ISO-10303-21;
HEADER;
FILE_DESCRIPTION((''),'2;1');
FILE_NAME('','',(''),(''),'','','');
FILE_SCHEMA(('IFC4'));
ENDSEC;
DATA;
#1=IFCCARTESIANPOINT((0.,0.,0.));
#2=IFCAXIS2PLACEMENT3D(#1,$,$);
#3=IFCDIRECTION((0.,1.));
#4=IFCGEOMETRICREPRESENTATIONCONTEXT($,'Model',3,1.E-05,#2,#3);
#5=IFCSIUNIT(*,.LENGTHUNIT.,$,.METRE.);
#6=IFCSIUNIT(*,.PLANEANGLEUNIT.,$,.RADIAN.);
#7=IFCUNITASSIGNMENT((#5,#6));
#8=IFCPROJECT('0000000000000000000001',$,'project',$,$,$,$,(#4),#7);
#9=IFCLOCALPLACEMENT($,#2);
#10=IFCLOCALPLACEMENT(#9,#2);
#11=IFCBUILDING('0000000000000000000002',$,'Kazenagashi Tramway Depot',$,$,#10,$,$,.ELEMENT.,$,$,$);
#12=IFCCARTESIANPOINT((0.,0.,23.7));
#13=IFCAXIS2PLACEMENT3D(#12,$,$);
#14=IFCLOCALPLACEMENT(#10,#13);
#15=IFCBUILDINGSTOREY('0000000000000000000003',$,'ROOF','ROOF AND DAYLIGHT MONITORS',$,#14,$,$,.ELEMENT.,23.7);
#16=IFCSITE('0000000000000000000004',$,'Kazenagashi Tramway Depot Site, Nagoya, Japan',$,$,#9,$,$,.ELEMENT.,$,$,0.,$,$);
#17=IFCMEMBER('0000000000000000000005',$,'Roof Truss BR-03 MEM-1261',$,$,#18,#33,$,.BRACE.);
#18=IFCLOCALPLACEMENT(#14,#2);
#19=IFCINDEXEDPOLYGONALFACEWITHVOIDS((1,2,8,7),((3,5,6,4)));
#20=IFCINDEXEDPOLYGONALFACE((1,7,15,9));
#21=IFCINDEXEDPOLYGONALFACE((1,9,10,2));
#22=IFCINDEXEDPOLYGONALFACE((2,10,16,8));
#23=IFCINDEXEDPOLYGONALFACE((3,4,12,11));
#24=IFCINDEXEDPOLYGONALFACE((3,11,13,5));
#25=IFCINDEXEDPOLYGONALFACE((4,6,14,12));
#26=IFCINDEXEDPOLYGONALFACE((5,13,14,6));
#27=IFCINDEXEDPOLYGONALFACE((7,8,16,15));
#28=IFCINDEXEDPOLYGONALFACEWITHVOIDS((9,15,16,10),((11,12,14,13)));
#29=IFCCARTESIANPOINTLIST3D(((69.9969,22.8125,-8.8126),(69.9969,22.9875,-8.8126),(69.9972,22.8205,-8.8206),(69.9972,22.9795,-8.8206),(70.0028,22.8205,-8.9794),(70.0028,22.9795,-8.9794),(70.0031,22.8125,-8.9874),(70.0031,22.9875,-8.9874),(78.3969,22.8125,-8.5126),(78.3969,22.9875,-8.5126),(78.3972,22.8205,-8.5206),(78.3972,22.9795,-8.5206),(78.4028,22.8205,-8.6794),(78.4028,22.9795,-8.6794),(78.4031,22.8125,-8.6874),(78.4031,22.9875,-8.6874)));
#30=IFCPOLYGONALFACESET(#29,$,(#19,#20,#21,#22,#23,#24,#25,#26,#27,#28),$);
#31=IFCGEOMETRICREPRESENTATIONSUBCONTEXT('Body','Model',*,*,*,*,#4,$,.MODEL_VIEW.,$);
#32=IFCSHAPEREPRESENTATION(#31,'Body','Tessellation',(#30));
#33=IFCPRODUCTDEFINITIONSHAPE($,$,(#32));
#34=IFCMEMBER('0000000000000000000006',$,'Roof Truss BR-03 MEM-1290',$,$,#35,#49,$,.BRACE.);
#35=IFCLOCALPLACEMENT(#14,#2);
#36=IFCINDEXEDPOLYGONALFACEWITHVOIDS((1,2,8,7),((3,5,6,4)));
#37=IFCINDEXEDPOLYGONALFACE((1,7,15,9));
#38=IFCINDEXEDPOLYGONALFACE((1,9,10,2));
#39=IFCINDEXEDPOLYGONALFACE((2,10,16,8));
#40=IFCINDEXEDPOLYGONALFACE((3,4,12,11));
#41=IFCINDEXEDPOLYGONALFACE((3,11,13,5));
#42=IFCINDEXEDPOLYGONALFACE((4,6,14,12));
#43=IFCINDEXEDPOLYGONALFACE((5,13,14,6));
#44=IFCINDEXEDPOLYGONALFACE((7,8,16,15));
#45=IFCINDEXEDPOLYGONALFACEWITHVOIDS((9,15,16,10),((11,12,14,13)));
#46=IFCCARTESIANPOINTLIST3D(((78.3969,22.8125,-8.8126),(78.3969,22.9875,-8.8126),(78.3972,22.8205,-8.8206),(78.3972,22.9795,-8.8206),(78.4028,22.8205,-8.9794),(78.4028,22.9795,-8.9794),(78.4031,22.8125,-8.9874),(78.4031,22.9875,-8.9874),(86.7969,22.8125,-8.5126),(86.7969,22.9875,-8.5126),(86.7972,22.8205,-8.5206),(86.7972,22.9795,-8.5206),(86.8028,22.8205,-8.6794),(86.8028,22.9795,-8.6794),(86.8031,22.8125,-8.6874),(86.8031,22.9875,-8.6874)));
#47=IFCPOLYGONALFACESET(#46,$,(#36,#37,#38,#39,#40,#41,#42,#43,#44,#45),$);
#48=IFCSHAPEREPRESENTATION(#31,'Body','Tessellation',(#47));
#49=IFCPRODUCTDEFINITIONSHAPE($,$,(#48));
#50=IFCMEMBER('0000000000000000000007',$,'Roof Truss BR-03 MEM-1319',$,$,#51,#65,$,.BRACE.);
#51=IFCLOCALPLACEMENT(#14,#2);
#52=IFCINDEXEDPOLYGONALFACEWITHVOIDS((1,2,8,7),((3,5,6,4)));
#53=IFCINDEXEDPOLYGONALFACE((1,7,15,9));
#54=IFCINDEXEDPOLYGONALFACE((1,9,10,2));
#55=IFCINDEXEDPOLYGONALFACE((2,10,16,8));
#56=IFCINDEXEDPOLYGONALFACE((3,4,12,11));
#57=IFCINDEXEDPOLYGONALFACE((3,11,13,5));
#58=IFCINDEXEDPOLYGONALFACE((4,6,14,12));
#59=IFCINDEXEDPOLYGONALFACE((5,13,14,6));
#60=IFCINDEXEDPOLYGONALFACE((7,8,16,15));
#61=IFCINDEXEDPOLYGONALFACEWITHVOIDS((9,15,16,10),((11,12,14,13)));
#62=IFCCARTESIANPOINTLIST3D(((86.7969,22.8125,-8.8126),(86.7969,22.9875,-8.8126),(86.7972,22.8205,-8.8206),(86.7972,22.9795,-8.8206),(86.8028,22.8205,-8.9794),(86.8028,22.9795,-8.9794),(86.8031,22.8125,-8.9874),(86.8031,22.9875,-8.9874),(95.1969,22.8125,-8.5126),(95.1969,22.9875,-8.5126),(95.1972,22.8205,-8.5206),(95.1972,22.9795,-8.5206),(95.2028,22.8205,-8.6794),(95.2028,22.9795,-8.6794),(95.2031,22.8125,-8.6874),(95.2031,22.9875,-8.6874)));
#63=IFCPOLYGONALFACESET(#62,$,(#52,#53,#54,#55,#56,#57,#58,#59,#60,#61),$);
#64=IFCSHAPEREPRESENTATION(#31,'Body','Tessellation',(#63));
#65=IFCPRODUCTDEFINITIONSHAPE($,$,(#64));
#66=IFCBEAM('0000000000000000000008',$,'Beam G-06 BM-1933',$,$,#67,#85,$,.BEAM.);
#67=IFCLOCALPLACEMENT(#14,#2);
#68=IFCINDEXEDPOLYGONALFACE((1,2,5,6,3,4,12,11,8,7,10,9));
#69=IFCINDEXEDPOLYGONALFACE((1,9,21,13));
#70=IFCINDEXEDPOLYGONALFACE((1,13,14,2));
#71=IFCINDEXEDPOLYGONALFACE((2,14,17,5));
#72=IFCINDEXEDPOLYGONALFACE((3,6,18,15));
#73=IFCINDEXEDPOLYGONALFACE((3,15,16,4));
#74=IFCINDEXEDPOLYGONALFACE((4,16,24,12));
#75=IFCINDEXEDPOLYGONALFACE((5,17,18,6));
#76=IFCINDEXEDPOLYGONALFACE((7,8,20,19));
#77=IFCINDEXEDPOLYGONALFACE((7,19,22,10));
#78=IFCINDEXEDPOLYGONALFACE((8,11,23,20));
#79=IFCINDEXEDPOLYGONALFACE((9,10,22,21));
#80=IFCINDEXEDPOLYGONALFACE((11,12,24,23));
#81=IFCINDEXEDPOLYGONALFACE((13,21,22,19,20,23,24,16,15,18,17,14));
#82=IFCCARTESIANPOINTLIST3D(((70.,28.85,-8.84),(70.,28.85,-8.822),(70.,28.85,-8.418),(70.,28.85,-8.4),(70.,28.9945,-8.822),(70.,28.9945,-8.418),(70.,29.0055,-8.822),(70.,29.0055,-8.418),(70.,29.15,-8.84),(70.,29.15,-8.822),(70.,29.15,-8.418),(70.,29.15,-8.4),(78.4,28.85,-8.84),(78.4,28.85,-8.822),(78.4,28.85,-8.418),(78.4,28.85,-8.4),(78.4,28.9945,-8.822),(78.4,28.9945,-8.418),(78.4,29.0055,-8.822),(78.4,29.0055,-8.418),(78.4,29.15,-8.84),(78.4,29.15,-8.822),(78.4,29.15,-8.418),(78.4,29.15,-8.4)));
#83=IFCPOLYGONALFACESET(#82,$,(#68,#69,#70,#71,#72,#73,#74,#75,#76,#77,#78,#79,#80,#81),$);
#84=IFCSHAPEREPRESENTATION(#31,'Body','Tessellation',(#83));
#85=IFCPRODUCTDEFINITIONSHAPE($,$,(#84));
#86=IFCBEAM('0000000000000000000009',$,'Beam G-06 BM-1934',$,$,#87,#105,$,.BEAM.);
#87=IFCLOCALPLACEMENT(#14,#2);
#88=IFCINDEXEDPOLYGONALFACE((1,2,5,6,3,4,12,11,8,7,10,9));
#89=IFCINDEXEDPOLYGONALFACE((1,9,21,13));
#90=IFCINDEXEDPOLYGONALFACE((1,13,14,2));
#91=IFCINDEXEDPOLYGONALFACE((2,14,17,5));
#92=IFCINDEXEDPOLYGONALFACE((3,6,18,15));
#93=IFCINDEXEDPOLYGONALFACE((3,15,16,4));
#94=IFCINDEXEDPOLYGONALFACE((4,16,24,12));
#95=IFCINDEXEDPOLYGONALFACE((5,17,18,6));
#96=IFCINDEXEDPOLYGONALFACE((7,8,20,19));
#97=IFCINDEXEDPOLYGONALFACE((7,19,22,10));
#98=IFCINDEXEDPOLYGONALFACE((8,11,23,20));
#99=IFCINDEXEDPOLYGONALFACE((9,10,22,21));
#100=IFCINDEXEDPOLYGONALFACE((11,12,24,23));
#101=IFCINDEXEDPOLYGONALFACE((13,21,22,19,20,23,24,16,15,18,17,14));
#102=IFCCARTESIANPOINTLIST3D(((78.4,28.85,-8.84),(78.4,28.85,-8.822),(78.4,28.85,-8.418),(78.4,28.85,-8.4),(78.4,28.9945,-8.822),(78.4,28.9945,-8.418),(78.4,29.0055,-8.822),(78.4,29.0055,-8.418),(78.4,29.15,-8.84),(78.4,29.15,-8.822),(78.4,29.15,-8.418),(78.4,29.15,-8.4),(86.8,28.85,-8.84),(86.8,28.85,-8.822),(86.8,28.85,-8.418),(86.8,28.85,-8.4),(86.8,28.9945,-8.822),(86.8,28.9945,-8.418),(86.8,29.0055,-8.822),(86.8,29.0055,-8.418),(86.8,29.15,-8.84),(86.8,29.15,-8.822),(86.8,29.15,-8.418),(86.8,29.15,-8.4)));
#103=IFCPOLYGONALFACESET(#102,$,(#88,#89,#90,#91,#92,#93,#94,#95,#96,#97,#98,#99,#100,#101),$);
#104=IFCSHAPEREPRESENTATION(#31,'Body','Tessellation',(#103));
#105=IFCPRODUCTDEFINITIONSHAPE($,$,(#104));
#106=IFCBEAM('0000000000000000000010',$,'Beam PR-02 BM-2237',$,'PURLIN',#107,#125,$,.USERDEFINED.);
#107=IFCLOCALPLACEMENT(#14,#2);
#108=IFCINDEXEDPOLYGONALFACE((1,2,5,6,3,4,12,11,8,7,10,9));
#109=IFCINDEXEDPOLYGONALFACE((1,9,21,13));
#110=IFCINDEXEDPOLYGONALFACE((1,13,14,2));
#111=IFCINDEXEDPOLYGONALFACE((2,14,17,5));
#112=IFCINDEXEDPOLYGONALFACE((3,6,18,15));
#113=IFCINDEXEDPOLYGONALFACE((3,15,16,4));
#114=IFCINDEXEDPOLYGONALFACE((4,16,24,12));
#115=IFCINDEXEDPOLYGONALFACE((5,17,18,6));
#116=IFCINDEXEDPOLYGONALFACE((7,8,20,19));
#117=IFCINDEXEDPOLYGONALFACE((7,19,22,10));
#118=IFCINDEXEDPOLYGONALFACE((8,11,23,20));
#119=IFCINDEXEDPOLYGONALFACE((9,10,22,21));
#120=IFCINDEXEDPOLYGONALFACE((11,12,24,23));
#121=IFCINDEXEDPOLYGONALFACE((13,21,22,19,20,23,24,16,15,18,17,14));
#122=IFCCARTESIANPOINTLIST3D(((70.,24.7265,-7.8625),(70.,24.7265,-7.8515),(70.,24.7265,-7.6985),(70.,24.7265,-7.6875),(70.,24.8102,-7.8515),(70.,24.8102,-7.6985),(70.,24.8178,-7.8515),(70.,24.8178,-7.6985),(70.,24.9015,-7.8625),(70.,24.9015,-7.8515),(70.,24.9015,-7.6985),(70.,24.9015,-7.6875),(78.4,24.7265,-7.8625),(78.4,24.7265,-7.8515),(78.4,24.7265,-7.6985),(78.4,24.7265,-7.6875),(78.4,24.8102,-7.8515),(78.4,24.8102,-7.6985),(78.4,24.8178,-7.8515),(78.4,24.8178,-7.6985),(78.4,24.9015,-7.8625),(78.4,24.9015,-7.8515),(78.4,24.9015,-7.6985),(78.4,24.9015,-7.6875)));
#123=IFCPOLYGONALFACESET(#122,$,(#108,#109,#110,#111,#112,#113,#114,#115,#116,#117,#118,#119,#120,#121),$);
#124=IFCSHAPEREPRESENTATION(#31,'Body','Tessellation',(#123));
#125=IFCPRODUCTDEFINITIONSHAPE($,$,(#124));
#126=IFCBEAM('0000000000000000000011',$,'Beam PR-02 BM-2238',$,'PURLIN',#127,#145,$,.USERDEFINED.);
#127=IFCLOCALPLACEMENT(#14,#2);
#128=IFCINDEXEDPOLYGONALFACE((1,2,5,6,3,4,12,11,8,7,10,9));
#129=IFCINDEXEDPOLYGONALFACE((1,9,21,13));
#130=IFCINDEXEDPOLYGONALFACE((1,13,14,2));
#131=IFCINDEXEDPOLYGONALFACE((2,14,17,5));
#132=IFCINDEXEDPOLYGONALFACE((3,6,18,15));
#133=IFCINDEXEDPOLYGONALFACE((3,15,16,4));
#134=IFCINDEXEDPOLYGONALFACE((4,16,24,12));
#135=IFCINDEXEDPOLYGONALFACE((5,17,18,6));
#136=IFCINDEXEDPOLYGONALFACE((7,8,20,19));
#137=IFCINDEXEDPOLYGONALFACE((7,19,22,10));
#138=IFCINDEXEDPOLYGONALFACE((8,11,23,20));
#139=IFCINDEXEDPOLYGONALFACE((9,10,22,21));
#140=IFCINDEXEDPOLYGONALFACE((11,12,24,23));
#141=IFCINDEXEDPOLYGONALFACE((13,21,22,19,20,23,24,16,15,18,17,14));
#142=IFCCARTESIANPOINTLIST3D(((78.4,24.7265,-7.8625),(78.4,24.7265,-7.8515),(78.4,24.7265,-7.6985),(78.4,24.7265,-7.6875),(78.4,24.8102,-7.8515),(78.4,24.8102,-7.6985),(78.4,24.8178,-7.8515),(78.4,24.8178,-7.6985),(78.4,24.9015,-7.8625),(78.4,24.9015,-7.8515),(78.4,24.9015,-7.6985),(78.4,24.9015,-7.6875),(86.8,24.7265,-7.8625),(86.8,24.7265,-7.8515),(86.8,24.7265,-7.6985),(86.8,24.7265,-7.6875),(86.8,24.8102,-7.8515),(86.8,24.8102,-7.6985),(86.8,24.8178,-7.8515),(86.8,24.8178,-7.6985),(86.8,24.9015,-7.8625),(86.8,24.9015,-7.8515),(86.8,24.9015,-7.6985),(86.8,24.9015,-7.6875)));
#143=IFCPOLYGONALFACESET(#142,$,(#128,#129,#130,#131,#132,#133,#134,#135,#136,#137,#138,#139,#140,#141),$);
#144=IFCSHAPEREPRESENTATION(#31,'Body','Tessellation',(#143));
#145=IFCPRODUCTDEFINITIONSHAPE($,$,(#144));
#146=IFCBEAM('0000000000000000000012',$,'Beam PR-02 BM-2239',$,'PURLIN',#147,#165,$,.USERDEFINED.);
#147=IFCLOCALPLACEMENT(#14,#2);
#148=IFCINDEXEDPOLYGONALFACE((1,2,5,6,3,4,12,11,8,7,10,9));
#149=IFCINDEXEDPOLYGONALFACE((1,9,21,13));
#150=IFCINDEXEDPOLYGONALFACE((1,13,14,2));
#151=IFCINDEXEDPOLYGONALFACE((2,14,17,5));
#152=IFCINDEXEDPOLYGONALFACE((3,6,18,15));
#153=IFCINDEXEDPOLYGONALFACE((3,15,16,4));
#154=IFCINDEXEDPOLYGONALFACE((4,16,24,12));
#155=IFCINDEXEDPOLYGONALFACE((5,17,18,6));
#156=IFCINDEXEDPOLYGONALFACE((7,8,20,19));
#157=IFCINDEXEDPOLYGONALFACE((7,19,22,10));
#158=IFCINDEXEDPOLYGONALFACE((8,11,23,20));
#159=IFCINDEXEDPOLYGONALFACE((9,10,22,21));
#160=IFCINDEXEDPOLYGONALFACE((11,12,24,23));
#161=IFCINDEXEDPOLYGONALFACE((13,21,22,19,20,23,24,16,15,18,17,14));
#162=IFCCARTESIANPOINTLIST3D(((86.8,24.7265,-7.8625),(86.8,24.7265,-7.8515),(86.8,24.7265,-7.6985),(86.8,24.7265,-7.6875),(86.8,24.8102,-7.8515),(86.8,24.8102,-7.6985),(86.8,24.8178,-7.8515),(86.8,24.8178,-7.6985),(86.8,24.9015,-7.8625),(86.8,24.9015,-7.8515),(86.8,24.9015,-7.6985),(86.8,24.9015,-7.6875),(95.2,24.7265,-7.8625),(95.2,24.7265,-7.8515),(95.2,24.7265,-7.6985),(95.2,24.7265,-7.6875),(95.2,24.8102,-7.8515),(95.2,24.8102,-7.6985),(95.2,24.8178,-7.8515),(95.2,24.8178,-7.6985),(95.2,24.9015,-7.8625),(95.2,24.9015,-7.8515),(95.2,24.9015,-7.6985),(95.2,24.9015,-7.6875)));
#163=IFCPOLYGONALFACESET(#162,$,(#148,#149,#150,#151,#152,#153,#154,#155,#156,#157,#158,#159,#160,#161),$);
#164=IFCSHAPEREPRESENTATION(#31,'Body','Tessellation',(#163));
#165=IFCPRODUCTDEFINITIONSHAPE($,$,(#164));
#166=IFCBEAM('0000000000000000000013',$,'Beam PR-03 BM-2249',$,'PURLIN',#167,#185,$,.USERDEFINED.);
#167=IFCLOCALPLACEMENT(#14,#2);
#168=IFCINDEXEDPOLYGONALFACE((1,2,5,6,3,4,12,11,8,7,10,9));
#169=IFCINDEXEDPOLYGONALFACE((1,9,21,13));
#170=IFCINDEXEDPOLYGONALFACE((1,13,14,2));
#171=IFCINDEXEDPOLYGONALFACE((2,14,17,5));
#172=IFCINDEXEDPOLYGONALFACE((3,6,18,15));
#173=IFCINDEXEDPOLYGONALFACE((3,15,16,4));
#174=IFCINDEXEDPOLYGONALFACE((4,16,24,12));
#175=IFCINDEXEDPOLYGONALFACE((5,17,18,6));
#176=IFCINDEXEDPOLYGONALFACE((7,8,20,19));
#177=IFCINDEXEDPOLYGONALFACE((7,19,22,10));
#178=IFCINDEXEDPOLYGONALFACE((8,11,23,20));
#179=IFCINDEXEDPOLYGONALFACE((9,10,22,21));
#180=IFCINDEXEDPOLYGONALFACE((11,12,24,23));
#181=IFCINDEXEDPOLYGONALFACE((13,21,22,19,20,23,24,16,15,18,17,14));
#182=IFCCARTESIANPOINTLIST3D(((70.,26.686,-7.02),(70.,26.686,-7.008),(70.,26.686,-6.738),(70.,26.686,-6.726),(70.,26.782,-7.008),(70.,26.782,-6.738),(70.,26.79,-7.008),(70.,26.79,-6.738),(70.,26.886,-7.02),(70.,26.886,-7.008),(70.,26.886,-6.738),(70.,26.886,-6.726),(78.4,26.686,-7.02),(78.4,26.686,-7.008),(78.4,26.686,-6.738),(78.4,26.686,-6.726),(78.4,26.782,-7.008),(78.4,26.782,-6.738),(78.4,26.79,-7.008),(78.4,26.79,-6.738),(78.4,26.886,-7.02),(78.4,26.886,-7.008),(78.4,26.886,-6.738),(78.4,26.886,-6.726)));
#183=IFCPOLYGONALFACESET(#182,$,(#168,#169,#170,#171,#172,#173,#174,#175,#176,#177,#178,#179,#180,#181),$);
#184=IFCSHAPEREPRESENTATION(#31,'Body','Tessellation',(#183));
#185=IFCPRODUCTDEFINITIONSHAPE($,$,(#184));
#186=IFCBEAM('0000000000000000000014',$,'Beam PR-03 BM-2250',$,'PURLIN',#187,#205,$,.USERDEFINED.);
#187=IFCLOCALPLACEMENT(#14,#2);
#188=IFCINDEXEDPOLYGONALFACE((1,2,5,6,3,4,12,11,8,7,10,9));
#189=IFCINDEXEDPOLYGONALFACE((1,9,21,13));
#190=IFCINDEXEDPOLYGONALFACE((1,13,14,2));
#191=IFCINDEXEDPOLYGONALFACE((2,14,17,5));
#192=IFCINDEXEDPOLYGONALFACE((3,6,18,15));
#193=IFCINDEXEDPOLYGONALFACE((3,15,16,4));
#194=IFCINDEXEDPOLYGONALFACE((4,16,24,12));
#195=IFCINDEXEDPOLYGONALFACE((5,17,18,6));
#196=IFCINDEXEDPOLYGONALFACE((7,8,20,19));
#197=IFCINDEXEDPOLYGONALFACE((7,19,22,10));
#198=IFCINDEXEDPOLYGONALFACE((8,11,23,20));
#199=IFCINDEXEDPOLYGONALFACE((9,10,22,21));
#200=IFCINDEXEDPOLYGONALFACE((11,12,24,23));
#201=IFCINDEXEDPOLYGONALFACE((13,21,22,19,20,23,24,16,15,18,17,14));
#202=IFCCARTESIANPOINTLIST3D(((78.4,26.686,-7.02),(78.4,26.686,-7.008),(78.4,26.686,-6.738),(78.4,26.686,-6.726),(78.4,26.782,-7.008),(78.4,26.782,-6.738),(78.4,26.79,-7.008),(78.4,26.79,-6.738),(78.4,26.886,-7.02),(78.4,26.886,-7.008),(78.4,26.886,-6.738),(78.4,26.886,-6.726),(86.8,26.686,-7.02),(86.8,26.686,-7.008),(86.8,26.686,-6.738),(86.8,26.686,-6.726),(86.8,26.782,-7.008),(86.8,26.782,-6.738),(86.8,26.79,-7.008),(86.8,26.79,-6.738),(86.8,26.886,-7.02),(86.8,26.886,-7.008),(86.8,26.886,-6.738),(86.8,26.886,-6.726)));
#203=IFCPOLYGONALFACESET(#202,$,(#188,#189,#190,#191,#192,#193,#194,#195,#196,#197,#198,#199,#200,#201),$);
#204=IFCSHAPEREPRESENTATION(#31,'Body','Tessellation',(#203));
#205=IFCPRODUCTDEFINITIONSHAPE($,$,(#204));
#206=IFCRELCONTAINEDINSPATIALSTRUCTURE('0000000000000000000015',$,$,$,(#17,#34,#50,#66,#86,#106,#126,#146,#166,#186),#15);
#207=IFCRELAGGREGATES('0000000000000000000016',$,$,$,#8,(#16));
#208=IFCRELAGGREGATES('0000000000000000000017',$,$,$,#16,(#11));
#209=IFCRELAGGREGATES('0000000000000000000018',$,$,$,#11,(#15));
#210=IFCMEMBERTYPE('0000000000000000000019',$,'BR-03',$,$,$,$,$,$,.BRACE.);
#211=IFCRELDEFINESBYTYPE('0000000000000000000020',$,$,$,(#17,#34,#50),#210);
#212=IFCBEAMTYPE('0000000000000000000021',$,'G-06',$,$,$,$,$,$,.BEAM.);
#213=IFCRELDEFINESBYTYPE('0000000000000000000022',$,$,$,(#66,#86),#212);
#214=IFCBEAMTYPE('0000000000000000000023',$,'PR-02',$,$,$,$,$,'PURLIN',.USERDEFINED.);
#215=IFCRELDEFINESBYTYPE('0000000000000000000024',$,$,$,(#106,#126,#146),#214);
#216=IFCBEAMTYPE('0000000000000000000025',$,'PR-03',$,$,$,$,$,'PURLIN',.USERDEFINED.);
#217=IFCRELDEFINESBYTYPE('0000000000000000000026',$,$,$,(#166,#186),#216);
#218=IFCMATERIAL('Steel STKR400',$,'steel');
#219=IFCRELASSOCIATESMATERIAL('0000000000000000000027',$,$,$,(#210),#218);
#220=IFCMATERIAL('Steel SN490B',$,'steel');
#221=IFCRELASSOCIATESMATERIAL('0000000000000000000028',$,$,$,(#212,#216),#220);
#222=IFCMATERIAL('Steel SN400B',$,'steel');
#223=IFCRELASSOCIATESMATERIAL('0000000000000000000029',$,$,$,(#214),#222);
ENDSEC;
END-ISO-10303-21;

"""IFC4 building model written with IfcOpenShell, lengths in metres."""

from ifc_helpers import new_model, si_unit, direction, frame, origin, origin_2d, place, context, subcontext, project, spatial, hollow_rectangle, i_section, extrude, material, material_profile, profile_set, type_object, element, save


model = new_model("IFC4")

# Units and contexts
model_context = context("Model", 3, precision=1e-05, world=origin(), true_north=direction((0.0, 1.0)))
body_context = subcontext(model_context, "Body", "Model", "MODEL_VIEW")
ifc_project = project(units=[si_unit("LENGTHUNIT", "METRE"), si_unit("PLANEANGLEUNIT", "RADIAN")], contexts=[model_context])

# Site, building, storey
site_placement = place(None, origin())
site = spatial("IfcSite", under=ifc_project, at=site_placement, Name="Kazenagashi Tramway Depot Site, Nagoya, Japan", CompositionType="ELEMENT", RefElevation=0.0)
building_placement = place(site_placement, origin())
building = spatial("IfcBuilding", under=site, at=building_placement, Name="Kazenagashi Tramway Depot", CompositionType="ELEMENT")
storey_placement = place(building_placement, frame((0.0, 0.0, 23.7)))
storey = spatial("IfcBuildingStorey", under=building, at=storey_placement, Name="ROOF", Description="ROOF AND DAYLIGHT MONITORS", CompositionType="ELEMENT", Elevation=23.7)

# Members
ifc_material_1 = material(Name="Steel STKR400", Category="steel")
ifc_material_profile_1 = material_profile(ifc_material_1, hollow_rectangle(XDim=0.175, YDim=0.175, WallThickness=0.008, at=origin_2d()), Name="SHS-175x175x8")
ifc_profile_set_1 = profile_set([ifc_material_profile_1], Name="Steel STKR400")
member_type_1 = type_object("IfcMemberType", Name="BR-03", PredefinedType="BRACE", material=ifc_profile_set_1)
for number, where, z_axis, x_axis, name in (
    (1, (70.0, 22.9, -8.9), (0.999363, 0.0, 0.035692), (0.0, 1.0, 0.0), "Roof Truss BR-03 MEM-1261"),
    (2, (78.4, 22.9, -8.9), (0.999363, 0.0, 0.035692), (0.0, 1.0, 0.0), "Roof Truss BR-03 MEM-1290"),
    (3, (86.8, 22.9, -8.9), (0.999363, 0.0, 0.035692), (0.0, 1.0, 0.0), "Roof Truss BR-03 MEM-1319"),
):
    element("IfcMember", number, at=place(storey_placement, frame(where, z_axis=z_axis, x_axis=x_axis)), inside=storey, type_object=member_type_1, Name=name, PredefinedType="BRACE", context=body_context, shape_type="SweptSolid", body=[
        extrude(hollow_rectangle(XDim=0.175, YDim=0.175, WallThickness=0.008, at=origin_2d()), origin(), (0.0, 0.0, 1.0), 8.4054),
    ])

# Beams
ifc_material_2 = material(Name="Steel SN490B", Category="steel")
ifc_material_profile_2 = material_profile(ifc_material_2, i_section(OverallWidth=0.3, OverallDepth=0.44, WebThickness=0.011, FlangeThickness=0.018, at=origin_2d()), Name="H-440x300x11x18")
ifc_profile_set_2 = profile_set([ifc_material_profile_2], Name="Steel SN490B")
beam_type_1 = type_object("IfcBeamType", Name="G-06", PredefinedType="BEAM", material=ifc_profile_set_2)
for number, where, z_axis, x_axis, name in (
    (4, (70.0, 29.0, -8.62), (1.0, 0.0, 0.0), (0.0, 1.0, 0.0), "Beam G-06 BM-1933"),
    (5, (78.4, 29.0, -8.62), (1.0, 0.0, 0.0), (0.0, 1.0, 0.0), "Beam G-06 BM-1934"),
):
    element("IfcBeam", number, at=place(storey_placement, frame(where, z_axis=z_axis, x_axis=x_axis)), inside=storey, type_object=beam_type_1, Name=name, PredefinedType="BEAM", context=body_context, shape_type="SweptSolid", body=[
        extrude(i_section(OverallWidth=0.3, OverallDepth=0.44, WebThickness=0.011, FlangeThickness=0.018, at=origin_2d()), origin(), (0.0, 0.0, 1.0), 8.4),
    ])
ifc_material_3 = material(Name="Steel SN400B", Category="steel")
ifc_material_profile_3 = material_profile(ifc_material_3, i_section(OverallWidth=0.175, OverallDepth=0.175, WebThickness=0.0075, FlangeThickness=0.011, at=origin_2d()), Name="H-175x175x7.5x11")
ifc_profile_set_3 = profile_set([ifc_material_profile_3], Name="Steel SN400B")
beam_type_2 = type_object("IfcBeamType", Name="PR-02", ElementType="PURLIN", PredefinedType="USERDEFINED", material=ifc_profile_set_3)
for number, where, z_axis, x_axis, name in (
    (6, (70.0, 24.814, -7.775), (1.0, 0.0, 0.0), (0.0, 1.0, 0.0), "Beam PR-02 BM-2237"),
    (7, (78.4, 24.814, -7.775), (1.0, 0.0, 0.0), (0.0, 1.0, 0.0), "Beam PR-02 BM-2238"),
    (8, (86.8, 24.814, -7.775), (1.0, 0.0, 0.0), (0.0, 1.0, 0.0), "Beam PR-02 BM-2239"),
):
    element("IfcBeam", number, at=place(storey_placement, frame(where, z_axis=z_axis, x_axis=x_axis)), inside=storey, type_object=beam_type_2, Name=name, ObjectType="PURLIN", PredefinedType="USERDEFINED", context=body_context, shape_type="SweptSolid", body=[
        extrude(i_section(OverallWidth=0.175, OverallDepth=0.175, WebThickness=0.0075, FlangeThickness=0.011, at=origin_2d()), origin(), (0.0, 0.0, 1.0), 8.4),
    ])
ifc_material_profile_4 = material_profile(ifc_material_2, i_section(OverallWidth=0.2, OverallDepth=0.294, WebThickness=0.008, FlangeThickness=0.012, at=origin_2d()), Name="H-294x200x8x12")
ifc_profile_set_4 = profile_set([ifc_material_profile_4], Name="Steel SN490B")
beam_type_3 = type_object("IfcBeamType", Name="PR-03", ElementType="PURLIN", PredefinedType="USERDEFINED", material=ifc_profile_set_4)
for number, where, z_axis, x_axis, name in (
    (9, (70.0, 26.786, -6.873), (1.0, 0.0, 0.0), (0.0, 1.0, 0.0), "Beam PR-03 BM-2249"),
    (10, (78.4, 26.786, -6.873), (1.0, 0.0, 0.0), (0.0, 1.0, 0.0), "Beam PR-03 BM-2250"),
):
    element("IfcBeam", number, at=place(storey_placement, frame(where, z_axis=z_axis, x_axis=x_axis)), inside=storey, type_object=beam_type_3, Name=name, ObjectType="PURLIN", PredefinedType="USERDEFINED", context=body_context, shape_type="SweptSolid", body=[
        extrude(i_section(OverallWidth=0.2, OverallDepth=0.294, WebThickness=0.008, FlangeThickness=0.012, at=origin_2d()), origin(), (0.0, 0.0, 1.0), 8.4),
    ])

save(model, "model.ifc")
